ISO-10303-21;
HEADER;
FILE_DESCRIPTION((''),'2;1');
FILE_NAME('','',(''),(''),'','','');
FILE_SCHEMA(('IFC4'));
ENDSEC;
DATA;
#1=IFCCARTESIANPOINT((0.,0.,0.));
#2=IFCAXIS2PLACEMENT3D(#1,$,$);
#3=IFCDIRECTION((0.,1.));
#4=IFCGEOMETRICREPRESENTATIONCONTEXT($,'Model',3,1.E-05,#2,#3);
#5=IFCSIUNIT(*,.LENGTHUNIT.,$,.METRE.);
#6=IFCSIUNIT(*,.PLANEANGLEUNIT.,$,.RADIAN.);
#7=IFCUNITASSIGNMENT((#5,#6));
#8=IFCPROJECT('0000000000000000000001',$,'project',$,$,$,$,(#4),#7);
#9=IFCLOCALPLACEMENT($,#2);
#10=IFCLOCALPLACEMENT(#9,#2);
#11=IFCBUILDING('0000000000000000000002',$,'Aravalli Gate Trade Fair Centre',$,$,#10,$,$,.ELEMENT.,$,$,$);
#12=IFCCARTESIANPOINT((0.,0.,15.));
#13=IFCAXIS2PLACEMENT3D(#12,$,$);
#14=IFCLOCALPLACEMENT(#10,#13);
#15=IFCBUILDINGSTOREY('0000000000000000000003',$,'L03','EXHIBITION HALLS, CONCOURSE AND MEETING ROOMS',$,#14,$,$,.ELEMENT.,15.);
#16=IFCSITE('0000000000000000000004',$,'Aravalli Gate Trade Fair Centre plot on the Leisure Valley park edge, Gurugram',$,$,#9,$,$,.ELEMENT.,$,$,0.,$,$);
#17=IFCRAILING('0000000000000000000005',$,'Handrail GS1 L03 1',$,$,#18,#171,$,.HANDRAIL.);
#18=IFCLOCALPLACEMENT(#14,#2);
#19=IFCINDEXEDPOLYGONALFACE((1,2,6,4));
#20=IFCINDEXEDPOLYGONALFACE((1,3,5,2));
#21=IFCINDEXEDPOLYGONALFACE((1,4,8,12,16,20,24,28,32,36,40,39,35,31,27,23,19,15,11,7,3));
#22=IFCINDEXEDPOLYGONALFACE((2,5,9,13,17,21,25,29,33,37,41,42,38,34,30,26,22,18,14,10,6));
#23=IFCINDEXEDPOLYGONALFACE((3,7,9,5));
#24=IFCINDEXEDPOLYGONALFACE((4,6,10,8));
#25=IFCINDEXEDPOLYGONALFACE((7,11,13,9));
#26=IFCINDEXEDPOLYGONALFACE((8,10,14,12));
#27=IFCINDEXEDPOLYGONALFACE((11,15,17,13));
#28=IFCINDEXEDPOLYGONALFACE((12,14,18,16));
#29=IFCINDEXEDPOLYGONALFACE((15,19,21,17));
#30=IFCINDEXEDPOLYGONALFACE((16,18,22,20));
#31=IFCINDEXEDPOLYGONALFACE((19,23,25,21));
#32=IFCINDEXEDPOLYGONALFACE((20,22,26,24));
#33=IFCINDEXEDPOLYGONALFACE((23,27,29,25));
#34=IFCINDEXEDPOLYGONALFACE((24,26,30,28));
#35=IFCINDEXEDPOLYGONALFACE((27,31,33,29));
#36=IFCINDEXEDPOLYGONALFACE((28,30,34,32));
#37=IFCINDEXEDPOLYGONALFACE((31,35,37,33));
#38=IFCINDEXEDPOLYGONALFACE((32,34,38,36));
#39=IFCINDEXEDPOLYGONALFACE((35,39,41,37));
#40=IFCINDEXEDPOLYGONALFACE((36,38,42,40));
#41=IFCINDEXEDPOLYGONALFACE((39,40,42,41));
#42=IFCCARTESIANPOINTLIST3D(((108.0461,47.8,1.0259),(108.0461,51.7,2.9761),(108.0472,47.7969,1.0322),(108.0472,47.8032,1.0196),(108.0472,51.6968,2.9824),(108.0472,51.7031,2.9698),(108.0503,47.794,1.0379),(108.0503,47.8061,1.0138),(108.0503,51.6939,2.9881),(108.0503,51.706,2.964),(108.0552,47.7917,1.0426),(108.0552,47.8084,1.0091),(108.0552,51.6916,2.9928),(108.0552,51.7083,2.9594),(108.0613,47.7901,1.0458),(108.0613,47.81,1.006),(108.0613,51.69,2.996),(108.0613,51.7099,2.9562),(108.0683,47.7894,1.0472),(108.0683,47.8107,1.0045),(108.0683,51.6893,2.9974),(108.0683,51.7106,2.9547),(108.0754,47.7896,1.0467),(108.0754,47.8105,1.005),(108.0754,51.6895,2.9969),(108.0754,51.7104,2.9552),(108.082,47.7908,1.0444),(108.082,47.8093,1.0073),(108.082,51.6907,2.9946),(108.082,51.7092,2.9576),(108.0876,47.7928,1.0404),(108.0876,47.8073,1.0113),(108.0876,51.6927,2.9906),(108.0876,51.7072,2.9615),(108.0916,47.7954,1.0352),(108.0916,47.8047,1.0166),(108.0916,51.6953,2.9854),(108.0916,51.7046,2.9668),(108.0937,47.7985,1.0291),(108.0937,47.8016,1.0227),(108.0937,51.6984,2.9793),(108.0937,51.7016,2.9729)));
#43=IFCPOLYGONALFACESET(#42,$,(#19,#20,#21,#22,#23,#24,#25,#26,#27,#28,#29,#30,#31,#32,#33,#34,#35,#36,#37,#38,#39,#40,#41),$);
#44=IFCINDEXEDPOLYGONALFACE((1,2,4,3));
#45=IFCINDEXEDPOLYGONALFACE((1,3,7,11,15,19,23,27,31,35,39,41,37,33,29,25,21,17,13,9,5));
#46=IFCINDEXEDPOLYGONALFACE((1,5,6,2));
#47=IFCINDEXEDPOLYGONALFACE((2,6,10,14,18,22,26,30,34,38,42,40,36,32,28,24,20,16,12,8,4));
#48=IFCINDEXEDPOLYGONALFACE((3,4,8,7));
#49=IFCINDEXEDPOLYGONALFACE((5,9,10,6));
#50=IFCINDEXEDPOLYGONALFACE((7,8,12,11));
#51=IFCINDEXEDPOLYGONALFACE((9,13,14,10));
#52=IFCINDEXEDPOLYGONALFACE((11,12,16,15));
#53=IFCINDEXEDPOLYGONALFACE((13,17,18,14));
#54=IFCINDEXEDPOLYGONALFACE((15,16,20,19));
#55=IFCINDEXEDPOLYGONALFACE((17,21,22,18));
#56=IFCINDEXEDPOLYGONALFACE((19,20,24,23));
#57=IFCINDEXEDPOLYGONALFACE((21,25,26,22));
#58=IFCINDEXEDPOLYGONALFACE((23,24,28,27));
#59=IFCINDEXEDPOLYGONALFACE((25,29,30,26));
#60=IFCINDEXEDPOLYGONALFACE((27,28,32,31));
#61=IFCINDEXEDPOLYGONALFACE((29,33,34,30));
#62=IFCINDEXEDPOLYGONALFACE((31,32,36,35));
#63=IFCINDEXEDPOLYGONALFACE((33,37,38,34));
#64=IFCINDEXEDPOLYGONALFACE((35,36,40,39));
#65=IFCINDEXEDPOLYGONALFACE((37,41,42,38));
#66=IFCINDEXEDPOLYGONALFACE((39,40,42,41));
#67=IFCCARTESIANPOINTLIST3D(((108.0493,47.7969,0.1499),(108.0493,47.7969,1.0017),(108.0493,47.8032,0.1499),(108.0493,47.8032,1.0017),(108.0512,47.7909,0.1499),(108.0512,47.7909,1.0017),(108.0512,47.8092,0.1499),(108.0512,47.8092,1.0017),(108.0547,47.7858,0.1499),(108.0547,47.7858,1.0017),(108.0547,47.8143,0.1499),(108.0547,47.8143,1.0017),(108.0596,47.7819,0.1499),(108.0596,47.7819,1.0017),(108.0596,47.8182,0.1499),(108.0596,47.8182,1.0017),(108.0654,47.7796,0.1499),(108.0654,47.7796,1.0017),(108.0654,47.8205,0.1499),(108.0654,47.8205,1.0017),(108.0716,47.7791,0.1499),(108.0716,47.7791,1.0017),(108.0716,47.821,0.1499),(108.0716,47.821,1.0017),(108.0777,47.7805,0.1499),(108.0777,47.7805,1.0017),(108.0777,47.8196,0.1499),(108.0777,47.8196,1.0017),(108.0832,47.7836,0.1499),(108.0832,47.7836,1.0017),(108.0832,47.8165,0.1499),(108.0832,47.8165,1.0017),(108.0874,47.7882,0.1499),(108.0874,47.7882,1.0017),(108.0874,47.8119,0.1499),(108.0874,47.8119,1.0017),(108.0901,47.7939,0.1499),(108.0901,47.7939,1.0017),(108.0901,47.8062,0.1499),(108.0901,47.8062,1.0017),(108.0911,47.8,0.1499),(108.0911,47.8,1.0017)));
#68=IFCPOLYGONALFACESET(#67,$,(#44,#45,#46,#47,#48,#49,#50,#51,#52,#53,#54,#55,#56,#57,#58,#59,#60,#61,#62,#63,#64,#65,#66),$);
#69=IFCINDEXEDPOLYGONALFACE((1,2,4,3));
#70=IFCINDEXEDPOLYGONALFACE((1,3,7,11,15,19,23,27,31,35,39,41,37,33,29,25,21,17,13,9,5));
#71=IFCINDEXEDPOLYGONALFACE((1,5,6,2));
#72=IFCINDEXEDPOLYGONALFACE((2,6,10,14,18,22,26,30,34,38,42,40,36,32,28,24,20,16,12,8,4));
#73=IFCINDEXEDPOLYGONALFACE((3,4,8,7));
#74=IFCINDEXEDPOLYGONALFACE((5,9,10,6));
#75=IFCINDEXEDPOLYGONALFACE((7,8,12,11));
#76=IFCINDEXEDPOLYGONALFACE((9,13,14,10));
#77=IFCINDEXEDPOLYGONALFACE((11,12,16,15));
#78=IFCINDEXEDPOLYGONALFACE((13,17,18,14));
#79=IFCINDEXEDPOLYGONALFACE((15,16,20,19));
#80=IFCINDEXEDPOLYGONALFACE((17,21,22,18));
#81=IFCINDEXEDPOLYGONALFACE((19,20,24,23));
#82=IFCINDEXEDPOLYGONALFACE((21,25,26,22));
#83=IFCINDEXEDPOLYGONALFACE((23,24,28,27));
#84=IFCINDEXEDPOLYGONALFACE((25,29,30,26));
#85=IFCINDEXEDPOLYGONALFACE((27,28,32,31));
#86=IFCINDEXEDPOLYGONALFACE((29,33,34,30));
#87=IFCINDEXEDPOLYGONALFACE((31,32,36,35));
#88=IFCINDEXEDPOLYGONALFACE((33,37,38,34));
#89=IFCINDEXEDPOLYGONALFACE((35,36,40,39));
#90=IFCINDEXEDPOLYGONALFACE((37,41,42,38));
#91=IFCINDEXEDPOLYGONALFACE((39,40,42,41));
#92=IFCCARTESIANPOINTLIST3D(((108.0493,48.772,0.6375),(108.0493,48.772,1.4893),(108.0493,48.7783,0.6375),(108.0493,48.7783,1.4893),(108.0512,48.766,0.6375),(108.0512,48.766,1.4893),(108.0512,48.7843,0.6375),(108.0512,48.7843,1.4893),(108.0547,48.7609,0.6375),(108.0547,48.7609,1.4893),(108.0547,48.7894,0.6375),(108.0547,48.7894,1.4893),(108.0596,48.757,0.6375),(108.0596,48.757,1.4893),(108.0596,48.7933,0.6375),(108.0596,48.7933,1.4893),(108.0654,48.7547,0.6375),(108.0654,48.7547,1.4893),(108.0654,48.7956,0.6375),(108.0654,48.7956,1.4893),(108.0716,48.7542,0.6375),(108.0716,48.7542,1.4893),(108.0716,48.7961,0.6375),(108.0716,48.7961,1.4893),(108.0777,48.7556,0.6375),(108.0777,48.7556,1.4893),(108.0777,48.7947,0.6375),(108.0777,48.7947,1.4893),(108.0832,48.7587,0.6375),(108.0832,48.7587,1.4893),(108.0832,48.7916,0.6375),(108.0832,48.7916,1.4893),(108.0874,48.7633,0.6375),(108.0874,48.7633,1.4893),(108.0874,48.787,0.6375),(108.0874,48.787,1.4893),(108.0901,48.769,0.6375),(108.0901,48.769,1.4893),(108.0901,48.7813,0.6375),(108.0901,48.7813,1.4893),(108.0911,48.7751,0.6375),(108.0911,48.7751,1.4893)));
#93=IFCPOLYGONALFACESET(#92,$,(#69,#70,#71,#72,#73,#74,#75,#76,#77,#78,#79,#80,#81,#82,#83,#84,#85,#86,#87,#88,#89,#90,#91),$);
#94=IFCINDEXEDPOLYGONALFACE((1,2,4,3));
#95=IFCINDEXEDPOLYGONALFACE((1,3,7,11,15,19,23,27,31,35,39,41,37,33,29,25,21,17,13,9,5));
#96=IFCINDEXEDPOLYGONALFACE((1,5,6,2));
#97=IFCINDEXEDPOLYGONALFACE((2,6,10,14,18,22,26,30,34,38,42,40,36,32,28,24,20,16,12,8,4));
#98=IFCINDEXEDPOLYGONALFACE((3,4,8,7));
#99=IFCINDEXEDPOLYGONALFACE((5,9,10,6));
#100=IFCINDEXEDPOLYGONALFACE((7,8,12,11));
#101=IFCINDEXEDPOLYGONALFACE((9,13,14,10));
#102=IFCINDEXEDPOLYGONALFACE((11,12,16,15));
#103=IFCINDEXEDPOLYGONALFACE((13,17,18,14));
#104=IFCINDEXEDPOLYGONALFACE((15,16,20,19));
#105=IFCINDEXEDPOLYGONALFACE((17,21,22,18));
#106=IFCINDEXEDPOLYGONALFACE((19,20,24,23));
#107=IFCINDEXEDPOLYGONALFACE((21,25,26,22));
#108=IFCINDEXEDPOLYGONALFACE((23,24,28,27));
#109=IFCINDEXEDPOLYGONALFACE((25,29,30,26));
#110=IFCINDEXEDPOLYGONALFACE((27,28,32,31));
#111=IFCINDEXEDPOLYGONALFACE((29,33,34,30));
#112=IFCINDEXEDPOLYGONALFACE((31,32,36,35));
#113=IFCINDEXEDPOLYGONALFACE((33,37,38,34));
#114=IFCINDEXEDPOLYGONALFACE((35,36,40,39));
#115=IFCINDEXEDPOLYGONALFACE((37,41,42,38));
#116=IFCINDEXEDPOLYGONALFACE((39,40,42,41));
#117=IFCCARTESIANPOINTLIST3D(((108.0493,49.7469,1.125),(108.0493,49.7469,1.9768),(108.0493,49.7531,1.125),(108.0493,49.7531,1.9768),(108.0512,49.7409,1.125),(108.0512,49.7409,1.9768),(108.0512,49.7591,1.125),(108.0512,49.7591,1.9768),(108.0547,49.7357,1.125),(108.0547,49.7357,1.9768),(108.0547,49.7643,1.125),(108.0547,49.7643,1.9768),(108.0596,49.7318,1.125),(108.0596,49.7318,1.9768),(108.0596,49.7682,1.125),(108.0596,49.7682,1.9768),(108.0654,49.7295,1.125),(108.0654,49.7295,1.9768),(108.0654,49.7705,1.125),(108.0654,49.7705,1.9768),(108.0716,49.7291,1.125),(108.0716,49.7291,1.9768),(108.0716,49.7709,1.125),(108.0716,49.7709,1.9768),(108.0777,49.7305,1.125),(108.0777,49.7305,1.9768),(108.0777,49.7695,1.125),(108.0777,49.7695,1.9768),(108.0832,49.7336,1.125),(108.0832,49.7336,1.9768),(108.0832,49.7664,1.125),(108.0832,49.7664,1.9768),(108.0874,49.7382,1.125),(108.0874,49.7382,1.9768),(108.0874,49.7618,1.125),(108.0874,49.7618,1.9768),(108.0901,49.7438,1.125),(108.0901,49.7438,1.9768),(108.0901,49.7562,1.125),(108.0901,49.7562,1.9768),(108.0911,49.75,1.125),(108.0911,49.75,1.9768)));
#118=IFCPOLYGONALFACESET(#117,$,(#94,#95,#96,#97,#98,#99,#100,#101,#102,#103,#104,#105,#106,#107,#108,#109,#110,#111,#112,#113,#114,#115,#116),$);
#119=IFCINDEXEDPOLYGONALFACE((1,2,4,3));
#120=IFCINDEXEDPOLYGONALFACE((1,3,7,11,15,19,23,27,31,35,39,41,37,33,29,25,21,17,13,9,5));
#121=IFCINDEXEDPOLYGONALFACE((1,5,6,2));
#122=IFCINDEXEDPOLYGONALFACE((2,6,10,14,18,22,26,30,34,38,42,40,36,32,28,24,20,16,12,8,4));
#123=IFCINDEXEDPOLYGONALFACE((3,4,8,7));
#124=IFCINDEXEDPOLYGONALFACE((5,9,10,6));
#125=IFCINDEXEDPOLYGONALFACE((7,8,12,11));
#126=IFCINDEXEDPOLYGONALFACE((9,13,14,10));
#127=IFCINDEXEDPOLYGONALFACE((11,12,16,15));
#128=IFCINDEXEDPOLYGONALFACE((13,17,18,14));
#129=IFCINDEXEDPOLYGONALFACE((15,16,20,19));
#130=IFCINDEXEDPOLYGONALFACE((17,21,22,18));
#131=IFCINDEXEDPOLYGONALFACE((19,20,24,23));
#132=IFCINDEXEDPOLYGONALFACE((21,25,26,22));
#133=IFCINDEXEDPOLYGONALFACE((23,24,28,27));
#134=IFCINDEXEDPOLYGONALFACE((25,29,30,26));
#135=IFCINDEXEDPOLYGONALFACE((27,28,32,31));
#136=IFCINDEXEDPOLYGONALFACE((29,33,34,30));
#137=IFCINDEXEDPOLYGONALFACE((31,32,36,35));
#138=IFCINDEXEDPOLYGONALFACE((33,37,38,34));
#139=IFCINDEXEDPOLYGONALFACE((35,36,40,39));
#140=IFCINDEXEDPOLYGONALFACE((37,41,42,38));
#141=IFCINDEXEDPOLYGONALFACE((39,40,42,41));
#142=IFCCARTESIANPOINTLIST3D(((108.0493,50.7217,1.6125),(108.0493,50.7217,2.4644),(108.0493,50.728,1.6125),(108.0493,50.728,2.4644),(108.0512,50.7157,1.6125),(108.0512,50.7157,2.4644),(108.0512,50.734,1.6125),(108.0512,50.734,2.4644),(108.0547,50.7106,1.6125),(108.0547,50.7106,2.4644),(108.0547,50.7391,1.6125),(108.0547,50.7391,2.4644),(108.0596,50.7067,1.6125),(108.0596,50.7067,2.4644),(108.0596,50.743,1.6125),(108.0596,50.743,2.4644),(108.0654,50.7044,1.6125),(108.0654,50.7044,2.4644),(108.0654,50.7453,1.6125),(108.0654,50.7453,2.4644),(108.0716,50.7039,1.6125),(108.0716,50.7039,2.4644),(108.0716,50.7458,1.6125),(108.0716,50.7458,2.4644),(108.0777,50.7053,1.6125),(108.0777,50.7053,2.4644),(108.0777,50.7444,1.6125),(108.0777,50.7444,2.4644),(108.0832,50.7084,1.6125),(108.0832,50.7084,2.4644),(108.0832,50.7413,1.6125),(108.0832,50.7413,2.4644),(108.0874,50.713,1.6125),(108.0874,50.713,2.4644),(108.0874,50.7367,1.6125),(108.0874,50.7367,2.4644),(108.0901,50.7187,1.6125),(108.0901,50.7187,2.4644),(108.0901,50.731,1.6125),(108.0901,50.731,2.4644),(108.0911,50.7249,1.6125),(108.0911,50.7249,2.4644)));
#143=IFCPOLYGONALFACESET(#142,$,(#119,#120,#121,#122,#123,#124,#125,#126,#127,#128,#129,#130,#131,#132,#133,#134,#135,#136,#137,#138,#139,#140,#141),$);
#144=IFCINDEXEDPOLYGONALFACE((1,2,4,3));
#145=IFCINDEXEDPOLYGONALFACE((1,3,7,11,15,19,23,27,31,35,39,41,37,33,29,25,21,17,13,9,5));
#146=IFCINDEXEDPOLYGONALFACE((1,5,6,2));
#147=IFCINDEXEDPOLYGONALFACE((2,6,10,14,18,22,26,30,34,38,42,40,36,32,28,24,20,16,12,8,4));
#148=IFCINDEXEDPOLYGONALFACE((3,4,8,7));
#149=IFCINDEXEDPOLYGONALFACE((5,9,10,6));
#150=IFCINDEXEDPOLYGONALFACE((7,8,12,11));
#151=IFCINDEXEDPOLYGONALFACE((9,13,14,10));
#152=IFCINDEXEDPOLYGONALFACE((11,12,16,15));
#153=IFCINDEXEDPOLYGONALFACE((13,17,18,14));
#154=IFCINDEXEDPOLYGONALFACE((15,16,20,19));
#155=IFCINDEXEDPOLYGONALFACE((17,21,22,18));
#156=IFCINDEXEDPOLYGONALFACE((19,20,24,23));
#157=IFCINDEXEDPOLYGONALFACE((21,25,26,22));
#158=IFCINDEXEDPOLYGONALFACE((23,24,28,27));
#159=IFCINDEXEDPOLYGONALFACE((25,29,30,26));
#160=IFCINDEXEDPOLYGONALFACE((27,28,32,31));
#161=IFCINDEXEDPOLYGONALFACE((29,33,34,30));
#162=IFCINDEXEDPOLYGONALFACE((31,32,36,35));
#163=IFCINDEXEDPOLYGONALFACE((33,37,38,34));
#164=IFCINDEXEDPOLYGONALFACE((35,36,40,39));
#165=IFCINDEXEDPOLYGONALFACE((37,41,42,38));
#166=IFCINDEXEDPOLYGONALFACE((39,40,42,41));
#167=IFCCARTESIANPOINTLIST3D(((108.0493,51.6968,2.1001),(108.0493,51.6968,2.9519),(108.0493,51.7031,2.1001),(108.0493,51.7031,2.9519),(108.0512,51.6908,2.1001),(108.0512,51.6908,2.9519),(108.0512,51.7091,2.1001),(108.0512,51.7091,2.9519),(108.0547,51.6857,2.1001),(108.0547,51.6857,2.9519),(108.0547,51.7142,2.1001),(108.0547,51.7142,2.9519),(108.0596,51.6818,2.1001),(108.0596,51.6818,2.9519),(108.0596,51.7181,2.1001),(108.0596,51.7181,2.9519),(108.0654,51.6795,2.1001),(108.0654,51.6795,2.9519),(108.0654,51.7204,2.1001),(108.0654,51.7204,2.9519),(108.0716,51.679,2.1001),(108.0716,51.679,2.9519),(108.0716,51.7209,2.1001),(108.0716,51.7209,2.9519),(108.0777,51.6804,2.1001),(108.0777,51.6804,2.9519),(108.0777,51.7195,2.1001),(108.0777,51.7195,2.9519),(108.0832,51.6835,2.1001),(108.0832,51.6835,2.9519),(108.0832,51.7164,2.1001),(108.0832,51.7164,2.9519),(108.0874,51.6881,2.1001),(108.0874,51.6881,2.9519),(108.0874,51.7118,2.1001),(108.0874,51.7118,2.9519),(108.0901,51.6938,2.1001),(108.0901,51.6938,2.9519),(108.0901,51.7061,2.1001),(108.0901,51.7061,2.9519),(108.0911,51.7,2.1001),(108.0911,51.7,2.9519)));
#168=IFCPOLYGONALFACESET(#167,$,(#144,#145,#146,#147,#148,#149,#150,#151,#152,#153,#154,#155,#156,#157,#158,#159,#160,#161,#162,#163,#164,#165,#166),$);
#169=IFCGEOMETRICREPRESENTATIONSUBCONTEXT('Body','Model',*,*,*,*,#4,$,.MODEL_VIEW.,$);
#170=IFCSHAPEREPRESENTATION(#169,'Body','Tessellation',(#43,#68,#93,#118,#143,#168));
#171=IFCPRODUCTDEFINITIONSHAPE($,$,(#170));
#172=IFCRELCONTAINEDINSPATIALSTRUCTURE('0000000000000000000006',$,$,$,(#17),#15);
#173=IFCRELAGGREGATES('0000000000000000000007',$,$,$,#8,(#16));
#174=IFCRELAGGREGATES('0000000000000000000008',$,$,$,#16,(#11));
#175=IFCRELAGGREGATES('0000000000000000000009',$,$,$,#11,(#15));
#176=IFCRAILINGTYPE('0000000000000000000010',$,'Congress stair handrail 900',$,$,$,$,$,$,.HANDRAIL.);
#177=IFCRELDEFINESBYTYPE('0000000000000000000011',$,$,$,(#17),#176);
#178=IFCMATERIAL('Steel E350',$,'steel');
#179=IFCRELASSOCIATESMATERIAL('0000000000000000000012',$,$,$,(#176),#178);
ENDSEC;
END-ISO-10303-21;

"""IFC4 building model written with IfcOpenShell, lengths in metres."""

from ifc_helpers import new_model, si_unit, direction, frame, origin, origin_2d, place, context, subcontext, project, spatial, circle, extrude, material, type_object, element, save


model = new_model("IFC4")

# Units and contexts
model_context = context("Model", 3, precision=1e-05, world=origin(), true_north=direction((0.0, 1.0)))
body_context = subcontext(model_context, "Body", "Model", "MODEL_VIEW")
ifc_project = project(units=[si_unit("LENGTHUNIT", "METRE"), si_unit("PLANEANGLEUNIT", "RADIAN")], contexts=[model_context])

# Site, building, storey
site_placement = place(None, origin())
site = spatial("IfcSite", under=ifc_project, at=site_placement, Name="Aravalli Gate Trade Fair Centre plot on the Leisure Valley park edge, Gurugram", CompositionType="ELEMENT", RefElevation=0.0)
building_placement = place(site_placement, origin())
building = spatial("IfcBuilding", under=site, at=building_placement, Name="Aravalli Gate Trade Fair Centre", CompositionType="ELEMENT")
storey_placement = place(building_placement, frame((0.0, 0.0, 15.0)))
storey = spatial("IfcBuildingStorey", under=building, at=storey_placement, Name="L03", Description="EXHIBITION HALLS, CONCOURSE AND MEETING ROOMS", CompositionType="ELEMENT", Elevation=15.0)

# Railing
ifc_material_1 = material(Name="Steel E350", Category="steel")
railing_type_1 = type_object("IfcRailingType", Name="Congress stair handrail 900", PredefinedType="HANDRAIL", material=ifc_material_1)
for number, where, name in (
    (1, (108.0701, 47.8, 0.1499), "Handrail GS1 L03 1"),
):
    element("IfcRailing", number, at=place(storey_placement, frame(where)), inside=storey, type_object=railing_type_1, Name=name, PredefinedType="HANDRAIL", context=body_context, shape_type="SweptSolid", body=[
        extrude(circle(Radius=0.0239, at=origin_2d()), frame((0.0, 0.0, 0.876), z_axis=(0.0, 0.894405, 0.447258), x_axis=(-1.0, 0.0, 0.0)), (0.0, 0.0, 1.0), 4.3604),
        extrude(circle(Radius=0.021, at=origin_2d()), origin(), (0.0, 0.0, 1.0), 0.8518),
        extrude(circle(Radius=0.021, at=origin_2d()), frame((0.0, 0.9751, 0.4875)), (0.0, 0.0, 1.0), 0.8518),
        extrude(circle(Radius=0.021, at=origin_2d()), frame((0.0, 1.95, 0.9751)), (0.0, 0.0, 1.0), 0.8518),
        extrude(circle(Radius=0.021, at=origin_2d()), frame((0.0, 2.9248, 1.4626)), (0.0, 0.0, 1.0), 0.8518),
        extrude(circle(Radius=0.021, at=origin_2d()), frame((0.0, 3.8999, 1.9502)), (0.0, 0.0, 1.0), 0.8518),
    ])

save(model, "model.ifc")
